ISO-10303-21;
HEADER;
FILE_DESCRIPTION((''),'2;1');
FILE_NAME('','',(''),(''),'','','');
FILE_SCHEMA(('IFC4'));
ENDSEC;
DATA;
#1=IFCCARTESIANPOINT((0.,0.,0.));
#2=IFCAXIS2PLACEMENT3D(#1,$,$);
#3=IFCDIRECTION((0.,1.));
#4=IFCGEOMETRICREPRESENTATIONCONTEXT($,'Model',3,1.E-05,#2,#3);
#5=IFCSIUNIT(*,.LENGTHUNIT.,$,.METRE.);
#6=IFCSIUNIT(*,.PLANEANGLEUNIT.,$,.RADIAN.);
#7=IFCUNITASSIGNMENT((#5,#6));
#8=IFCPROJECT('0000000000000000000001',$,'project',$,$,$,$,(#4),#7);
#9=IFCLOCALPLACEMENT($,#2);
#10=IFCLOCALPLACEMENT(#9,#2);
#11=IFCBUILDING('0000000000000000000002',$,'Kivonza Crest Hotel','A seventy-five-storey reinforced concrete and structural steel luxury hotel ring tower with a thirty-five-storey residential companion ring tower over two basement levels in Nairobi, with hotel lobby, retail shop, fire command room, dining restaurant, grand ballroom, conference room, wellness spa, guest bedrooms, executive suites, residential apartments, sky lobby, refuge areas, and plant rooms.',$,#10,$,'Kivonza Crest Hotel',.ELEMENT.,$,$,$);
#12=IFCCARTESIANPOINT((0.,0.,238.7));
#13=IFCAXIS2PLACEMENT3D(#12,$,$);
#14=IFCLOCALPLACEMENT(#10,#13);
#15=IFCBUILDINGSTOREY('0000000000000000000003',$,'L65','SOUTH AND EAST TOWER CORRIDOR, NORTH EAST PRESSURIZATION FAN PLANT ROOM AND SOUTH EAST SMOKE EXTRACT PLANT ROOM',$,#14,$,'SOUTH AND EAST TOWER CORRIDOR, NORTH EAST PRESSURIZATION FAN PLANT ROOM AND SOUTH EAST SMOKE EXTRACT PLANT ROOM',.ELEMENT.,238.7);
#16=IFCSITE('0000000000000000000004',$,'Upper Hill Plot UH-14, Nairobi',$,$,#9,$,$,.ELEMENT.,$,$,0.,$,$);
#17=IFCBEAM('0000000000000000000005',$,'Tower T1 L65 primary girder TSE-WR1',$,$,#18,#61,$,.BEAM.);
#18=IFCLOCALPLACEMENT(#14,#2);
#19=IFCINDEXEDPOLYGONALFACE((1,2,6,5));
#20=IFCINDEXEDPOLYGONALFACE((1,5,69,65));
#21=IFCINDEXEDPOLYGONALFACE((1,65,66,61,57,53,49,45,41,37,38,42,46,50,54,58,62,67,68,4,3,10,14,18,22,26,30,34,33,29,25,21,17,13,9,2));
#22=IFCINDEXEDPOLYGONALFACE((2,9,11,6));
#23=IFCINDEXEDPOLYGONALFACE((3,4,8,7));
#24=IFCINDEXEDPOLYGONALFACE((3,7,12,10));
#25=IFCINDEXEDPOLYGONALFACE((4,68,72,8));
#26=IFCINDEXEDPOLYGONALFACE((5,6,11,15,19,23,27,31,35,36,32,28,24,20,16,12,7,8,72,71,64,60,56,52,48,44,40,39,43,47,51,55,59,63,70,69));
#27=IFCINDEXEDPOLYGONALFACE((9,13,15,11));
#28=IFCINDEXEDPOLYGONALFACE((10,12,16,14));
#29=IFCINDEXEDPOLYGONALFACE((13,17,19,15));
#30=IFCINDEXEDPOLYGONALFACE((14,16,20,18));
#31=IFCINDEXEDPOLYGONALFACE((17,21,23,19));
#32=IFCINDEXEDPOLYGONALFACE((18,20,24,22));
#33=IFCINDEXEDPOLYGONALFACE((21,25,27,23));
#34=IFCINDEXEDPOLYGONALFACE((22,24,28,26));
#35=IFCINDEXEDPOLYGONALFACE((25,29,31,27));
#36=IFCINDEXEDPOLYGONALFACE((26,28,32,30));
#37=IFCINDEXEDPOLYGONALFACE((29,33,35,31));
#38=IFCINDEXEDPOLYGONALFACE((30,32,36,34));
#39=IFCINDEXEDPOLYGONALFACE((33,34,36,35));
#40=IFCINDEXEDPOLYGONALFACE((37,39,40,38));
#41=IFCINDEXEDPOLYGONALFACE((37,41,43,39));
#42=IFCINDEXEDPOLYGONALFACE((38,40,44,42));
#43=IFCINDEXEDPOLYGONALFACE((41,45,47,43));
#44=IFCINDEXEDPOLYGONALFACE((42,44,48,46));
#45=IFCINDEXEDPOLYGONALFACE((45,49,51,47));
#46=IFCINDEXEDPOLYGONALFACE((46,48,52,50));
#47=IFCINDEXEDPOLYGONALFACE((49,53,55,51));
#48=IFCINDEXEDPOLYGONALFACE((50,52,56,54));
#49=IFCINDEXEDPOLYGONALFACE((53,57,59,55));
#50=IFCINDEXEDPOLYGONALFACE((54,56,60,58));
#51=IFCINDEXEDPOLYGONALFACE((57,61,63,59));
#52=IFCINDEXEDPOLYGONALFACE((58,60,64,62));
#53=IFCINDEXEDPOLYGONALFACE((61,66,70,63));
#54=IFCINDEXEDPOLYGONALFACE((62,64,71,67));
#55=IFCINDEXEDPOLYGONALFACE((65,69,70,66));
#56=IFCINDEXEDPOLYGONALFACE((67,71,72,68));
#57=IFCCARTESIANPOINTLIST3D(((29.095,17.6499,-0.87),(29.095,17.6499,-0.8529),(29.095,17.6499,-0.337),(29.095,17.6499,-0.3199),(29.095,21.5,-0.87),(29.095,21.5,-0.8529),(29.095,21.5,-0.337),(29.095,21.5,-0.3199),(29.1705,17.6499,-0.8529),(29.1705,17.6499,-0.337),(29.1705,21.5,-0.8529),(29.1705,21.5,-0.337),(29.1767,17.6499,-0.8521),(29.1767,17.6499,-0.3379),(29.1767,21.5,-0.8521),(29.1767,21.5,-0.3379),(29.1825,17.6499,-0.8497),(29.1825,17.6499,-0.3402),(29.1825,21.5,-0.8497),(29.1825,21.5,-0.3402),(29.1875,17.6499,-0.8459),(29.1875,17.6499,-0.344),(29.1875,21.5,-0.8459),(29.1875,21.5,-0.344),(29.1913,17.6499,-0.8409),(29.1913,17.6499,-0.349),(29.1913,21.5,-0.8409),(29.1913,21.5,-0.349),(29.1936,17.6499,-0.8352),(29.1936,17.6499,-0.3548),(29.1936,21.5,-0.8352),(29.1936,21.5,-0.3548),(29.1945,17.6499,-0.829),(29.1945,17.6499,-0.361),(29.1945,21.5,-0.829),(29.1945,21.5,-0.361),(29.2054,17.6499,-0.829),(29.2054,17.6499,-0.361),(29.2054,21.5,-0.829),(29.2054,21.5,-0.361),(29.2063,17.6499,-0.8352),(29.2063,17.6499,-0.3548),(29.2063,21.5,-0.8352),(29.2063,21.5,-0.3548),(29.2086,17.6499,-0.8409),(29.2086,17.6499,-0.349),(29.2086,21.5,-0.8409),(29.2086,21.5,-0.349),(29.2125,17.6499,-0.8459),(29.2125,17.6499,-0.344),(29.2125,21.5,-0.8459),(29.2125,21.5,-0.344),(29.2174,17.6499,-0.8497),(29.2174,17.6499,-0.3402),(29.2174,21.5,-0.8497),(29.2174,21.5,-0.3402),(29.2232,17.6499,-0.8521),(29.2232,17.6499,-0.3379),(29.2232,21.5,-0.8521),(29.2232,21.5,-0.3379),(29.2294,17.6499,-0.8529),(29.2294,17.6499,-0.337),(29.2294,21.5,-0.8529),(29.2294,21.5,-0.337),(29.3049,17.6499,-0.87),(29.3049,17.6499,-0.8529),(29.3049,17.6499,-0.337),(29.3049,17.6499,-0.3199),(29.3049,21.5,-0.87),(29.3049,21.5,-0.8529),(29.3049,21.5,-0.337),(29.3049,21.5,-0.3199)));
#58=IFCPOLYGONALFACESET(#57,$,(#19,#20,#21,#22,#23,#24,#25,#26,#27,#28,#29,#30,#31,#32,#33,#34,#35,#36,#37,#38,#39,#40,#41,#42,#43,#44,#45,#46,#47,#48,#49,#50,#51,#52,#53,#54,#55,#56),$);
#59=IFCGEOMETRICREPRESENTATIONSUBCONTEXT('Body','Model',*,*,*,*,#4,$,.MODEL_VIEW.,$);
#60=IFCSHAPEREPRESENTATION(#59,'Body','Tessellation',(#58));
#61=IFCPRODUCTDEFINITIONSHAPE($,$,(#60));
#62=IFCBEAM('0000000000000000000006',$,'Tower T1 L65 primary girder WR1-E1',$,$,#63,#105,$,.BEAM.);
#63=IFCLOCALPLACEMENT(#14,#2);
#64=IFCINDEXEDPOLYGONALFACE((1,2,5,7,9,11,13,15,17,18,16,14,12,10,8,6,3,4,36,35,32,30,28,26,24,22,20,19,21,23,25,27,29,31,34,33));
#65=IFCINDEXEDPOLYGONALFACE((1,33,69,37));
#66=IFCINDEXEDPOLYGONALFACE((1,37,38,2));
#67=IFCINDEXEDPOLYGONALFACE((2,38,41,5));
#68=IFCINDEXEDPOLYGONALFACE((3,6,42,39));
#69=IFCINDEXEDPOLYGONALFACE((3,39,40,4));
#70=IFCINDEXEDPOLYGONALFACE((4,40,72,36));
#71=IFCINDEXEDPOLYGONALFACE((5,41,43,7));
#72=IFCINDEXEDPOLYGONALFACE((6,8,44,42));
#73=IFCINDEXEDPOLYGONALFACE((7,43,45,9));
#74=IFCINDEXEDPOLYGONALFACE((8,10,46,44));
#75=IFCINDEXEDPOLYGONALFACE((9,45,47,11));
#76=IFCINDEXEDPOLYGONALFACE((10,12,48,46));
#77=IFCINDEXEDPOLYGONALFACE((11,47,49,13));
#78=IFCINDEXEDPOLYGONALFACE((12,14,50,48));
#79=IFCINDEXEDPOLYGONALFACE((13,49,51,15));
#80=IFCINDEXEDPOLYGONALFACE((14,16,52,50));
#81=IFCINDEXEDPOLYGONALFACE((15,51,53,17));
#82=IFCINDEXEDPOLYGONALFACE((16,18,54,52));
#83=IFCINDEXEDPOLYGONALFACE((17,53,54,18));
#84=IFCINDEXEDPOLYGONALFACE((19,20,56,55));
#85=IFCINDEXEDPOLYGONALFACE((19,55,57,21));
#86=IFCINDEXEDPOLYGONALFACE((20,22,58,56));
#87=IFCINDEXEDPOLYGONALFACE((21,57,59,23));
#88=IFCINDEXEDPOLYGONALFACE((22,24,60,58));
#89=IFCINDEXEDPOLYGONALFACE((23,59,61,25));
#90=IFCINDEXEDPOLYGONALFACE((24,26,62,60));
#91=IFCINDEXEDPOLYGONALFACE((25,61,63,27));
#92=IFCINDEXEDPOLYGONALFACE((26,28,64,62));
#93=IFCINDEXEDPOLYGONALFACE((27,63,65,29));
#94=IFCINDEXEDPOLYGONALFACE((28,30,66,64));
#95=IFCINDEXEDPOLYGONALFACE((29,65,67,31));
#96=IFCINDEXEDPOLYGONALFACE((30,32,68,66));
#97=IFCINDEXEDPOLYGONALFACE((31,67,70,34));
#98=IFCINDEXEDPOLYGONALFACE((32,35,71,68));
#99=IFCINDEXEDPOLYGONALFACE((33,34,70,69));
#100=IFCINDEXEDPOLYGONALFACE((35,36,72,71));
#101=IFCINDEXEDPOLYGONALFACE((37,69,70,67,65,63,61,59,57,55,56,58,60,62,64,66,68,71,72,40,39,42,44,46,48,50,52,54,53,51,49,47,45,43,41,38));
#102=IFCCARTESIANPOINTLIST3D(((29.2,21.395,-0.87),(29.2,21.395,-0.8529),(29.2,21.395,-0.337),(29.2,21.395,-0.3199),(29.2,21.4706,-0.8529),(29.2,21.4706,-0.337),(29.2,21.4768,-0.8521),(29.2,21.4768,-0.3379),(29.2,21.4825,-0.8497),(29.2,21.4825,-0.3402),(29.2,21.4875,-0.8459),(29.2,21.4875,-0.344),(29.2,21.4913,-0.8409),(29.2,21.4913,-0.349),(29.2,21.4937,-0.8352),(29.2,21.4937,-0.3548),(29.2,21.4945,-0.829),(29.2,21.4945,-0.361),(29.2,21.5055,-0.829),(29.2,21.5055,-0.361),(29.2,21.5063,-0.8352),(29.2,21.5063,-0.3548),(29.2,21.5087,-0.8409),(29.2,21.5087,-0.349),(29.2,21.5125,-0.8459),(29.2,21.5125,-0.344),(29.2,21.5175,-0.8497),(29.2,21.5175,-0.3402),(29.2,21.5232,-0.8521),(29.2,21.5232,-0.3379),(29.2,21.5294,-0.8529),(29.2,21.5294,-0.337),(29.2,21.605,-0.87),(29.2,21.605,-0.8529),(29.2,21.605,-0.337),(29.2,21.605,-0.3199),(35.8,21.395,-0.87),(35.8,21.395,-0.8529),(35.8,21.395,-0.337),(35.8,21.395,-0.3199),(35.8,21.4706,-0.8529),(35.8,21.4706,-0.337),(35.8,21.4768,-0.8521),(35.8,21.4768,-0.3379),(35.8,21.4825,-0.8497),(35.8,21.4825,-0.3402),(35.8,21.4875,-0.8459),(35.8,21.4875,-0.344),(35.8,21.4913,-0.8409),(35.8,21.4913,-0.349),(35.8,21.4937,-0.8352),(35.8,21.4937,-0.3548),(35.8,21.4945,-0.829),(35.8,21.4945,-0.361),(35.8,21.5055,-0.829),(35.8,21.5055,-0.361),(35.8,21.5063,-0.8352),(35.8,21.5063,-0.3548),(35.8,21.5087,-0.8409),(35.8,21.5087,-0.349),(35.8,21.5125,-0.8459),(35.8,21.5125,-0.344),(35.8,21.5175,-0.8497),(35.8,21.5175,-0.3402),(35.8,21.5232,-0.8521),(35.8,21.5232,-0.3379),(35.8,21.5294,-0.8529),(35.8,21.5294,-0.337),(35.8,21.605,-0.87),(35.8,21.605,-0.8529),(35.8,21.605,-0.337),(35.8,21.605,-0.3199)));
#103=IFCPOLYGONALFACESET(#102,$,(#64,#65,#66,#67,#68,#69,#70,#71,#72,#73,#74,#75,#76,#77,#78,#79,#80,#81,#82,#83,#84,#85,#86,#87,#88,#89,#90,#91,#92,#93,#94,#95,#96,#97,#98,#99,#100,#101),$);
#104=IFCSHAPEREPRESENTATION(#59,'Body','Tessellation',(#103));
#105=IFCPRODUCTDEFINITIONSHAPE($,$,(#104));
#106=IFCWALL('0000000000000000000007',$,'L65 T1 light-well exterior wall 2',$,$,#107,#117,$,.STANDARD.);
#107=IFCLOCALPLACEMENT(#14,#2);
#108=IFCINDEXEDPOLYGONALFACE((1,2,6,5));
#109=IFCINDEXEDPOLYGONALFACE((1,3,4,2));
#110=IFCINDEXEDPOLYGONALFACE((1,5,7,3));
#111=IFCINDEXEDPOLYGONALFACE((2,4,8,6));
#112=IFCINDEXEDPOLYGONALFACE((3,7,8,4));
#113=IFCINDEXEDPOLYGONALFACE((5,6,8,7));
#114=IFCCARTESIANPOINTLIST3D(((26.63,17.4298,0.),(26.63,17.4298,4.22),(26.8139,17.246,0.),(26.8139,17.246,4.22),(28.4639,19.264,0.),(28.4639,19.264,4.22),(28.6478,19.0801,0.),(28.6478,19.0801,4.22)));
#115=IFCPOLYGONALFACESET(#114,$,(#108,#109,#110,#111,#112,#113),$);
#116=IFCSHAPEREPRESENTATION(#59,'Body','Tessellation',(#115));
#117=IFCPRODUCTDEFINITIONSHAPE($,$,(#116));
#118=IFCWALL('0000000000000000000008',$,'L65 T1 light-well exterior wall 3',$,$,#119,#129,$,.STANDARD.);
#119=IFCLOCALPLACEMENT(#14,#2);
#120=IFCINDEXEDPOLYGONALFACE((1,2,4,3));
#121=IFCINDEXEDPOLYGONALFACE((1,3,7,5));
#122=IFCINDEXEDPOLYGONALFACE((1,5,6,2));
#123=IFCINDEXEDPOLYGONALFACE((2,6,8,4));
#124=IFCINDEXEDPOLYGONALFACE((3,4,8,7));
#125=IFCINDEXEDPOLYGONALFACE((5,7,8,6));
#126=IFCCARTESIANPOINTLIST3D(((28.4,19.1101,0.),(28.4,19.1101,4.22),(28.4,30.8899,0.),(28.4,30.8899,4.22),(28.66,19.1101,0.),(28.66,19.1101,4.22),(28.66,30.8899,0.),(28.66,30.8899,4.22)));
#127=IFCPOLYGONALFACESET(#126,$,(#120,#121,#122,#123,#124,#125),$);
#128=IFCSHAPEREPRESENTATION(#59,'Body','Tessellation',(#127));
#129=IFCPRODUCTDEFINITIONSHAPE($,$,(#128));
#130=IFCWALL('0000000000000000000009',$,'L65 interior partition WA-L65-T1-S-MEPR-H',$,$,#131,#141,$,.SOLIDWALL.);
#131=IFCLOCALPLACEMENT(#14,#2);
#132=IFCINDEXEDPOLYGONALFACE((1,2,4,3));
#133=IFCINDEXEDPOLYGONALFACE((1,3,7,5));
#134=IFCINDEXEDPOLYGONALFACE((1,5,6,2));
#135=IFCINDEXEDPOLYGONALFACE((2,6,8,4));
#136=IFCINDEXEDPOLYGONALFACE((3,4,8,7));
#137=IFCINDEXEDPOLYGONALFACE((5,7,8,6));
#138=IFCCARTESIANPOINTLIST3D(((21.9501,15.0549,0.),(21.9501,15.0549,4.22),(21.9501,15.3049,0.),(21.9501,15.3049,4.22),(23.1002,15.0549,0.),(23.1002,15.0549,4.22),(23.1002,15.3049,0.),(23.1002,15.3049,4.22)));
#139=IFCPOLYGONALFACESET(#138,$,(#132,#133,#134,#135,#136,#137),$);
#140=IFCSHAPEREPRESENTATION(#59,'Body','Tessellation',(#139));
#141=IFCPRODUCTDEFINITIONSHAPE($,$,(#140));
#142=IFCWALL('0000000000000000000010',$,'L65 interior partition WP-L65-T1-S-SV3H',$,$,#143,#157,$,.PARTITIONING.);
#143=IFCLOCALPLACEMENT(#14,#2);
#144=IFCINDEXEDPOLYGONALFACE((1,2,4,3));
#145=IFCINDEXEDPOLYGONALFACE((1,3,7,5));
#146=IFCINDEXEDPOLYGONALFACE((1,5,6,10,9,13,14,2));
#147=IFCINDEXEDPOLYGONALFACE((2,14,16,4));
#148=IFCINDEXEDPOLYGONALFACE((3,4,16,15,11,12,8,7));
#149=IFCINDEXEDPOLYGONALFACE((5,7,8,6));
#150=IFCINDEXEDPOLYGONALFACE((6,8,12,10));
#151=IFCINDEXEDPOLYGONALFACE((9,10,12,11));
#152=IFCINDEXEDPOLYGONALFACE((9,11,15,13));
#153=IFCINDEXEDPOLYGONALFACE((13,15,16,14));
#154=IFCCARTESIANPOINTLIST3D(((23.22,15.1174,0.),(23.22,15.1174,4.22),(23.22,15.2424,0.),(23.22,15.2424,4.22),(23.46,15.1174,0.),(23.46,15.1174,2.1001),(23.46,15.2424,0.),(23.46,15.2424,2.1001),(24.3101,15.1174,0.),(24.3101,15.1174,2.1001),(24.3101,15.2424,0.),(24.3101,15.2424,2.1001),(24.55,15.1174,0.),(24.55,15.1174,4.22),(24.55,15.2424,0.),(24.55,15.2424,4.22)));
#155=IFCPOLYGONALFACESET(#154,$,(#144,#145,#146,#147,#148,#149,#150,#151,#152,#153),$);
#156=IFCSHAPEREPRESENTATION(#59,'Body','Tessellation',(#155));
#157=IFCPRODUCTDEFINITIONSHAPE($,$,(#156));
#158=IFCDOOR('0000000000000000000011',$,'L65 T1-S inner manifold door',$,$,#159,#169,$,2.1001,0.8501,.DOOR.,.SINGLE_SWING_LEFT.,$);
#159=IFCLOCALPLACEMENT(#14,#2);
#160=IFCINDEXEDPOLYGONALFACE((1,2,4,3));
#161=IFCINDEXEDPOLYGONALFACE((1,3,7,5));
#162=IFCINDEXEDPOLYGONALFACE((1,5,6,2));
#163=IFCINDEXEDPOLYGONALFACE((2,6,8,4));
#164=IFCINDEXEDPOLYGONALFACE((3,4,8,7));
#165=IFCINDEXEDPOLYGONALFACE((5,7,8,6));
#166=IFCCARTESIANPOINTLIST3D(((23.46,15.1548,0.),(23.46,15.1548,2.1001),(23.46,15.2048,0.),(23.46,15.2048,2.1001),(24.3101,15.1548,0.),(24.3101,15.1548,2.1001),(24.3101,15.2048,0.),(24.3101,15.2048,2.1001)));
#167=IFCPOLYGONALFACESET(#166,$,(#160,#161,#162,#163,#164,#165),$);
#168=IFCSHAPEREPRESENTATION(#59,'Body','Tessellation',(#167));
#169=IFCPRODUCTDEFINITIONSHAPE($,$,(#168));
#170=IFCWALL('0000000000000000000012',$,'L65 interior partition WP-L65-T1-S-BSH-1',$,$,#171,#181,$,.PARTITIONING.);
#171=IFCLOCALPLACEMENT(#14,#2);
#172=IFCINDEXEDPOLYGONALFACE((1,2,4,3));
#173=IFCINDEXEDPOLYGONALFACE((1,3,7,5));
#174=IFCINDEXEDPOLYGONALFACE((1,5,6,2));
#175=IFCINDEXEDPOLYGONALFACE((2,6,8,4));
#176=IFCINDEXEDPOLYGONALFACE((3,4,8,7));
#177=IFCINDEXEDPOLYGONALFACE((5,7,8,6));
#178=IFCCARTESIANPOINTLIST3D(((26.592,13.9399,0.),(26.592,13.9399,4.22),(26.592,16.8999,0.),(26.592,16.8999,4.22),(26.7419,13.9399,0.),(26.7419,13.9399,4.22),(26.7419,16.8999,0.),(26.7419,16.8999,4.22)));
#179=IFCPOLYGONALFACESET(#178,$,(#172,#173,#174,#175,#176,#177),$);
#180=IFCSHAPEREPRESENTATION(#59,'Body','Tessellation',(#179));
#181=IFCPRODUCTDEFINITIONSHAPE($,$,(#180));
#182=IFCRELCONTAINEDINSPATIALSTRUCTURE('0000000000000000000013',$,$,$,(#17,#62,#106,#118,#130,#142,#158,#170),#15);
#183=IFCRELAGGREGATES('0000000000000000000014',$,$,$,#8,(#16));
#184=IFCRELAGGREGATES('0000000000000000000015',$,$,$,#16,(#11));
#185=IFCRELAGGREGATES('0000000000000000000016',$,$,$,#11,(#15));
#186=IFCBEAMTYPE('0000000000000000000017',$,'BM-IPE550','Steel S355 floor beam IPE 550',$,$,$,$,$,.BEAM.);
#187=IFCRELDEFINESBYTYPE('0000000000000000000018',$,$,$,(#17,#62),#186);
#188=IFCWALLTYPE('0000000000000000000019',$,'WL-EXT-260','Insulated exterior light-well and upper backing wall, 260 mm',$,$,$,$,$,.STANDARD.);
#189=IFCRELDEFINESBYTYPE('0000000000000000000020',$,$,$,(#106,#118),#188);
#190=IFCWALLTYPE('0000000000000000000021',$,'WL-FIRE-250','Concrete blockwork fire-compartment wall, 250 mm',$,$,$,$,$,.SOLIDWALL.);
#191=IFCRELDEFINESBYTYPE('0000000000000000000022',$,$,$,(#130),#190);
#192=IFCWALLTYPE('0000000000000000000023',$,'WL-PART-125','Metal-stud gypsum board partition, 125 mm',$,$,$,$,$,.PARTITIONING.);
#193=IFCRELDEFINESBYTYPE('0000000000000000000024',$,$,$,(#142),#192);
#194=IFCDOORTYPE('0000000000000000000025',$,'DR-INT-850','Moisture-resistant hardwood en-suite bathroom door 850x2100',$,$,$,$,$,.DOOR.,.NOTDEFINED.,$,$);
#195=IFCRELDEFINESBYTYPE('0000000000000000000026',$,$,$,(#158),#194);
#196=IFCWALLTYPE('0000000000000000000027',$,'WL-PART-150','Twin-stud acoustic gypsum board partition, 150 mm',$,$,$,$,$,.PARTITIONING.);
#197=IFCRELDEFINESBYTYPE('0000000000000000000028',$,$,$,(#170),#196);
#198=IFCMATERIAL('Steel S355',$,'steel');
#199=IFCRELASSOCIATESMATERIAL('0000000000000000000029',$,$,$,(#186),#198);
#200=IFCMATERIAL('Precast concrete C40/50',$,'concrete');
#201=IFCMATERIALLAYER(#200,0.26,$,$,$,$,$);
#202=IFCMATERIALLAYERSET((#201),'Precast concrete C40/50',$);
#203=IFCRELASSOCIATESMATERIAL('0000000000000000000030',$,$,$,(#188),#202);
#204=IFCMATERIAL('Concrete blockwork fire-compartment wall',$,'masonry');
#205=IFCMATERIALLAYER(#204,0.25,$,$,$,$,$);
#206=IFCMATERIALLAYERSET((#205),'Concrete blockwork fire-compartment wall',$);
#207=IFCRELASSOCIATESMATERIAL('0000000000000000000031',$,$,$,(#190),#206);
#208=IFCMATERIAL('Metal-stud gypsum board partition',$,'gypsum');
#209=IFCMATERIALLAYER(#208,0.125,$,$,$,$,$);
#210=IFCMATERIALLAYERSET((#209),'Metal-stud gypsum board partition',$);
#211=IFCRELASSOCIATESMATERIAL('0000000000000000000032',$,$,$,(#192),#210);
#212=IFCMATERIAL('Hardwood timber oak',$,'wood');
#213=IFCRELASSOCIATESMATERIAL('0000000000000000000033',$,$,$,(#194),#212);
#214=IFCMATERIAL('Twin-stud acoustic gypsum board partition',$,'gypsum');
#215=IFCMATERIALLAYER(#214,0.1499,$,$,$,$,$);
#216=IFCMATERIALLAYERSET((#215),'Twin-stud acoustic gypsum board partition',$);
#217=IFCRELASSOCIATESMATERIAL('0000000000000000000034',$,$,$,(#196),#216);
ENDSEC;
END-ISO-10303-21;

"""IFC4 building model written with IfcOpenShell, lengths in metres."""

from ifc_helpers import new_model, si_unit, direction, frame, frame_2d, origin, origin_2d, place, context, subcontext, project, spatial, rectangle, i_section, extrude, material, layer, layer_set, material_profile, profile_set, type_object, element, fill, save


model = new_model("IFC4")

# Units and contexts
model_context = context("Model", 3, precision=1e-05, world=origin(), true_north=direction((0.0, 1.0)))
body_context = subcontext(model_context, "Body", "Model", "MODEL_VIEW")
ifc_project = project(units=[si_unit("LENGTHUNIT", "METRE"), si_unit("PLANEANGLEUNIT", "RADIAN")], contexts=[model_context])

# Site, building, storey
site_placement = place(None, origin())
site = spatial("IfcSite", under=ifc_project, at=site_placement, Name="Upper Hill Plot UH-14, Nairobi", CompositionType="ELEMENT", RefElevation=0.0)
building_placement = place(site_placement, origin())
building = spatial("IfcBuilding", under=site, at=building_placement, Name="Kivonza Crest Hotel", Description="A seventy-five-storey reinforced concrete and structural steel luxury hotel ring tower with a thirty-five-storey residential companion ring tower over two basement levels in Nairobi, with hotel lobby, retail shop, fire command room, dining restaurant, grand ballroom, conference room, wellness spa, guest bedrooms, executive suites, residential apartments, sky lobby, refuge areas, and plant rooms.", LongName="Kivonza Crest Hotel", CompositionType="ELEMENT")
storey_placement = place(building_placement, frame((0.0, 0.0, 238.7)))
storey = spatial("IfcBuildingStorey", under=building, at=storey_placement, Name="L65", Description="SOUTH AND EAST TOWER CORRIDOR, NORTH EAST PRESSURIZATION FAN PLANT ROOM AND SOUTH EAST SMOKE EXTRACT PLANT ROOM", LongName="SOUTH AND EAST TOWER CORRIDOR, NORTH EAST PRESSURIZATION FAN PLANT ROOM AND SOUTH EAST SMOKE EXTRACT PLANT ROOM", CompositionType="ELEMENT", Elevation=238.7)

# Shared definitions
ifc_material_1 = material(Name="Steel S355", Category="steel")

# Beams
ifc_material_profile_1 = material_profile(ifc_material_1, i_section(OverallWidth=0.21, OverallDepth=0.55, WebThickness=0.011, FlangeThickness=0.0171, FilletRadius=0.0239, at=origin_2d()), Name="IPE 550")
ifc_profile_set_1 = profile_set([ifc_material_profile_1], Name="Steel S355")
beam_type = type_object("IfcBeamType", Name="BM-IPE550", Description="Steel S355 floor beam IPE 550", PredefinedType="BEAM", material=ifc_profile_set_1)
beam_1_placement = place(storey_placement, frame((29.2, 17.6499, -0.595), z_axis=(0.0, 1.0, 0.0), x_axis=(-1.0, 0.0, 0.0)))
element("IfcBeam", 1, at=beam_1_placement, inside=storey, type_object=beam_type, Name="Tower T1 L65 primary girder TSE-WR1", PredefinedType="BEAM", context=body_context, shape_type="SweptSolid", body=[
    extrude(i_section(OverallWidth=0.21, OverallDepth=0.55, WebThickness=0.011, FlangeThickness=0.0171, FilletRadius=0.0239, at=origin_2d()), origin(), (0.0, 0.0, 1.0), 3.8501),
])
beam_2_placement = place(storey_placement, frame((29.2, 21.5, -0.595), z_axis=(1.0, 0.0, 0.0), x_axis=(0.0, 1.0, 0.0)))
element("IfcBeam", 2, at=beam_2_placement, inside=storey, type_object=beam_type, Name="Tower T1 L65 primary girder WR1-E1", PredefinedType="BEAM", context=body_context, shape_type="SweptSolid", body=[
    extrude(i_section(OverallWidth=0.21, OverallDepth=0.55, WebThickness=0.011, FlangeThickness=0.0171, FilletRadius=0.0239, at=origin_2d()), origin(), (0.0, 0.0, 1.0), 6.6001),
])

# Walls
ifc_material_2 = material(Name="Precast concrete C40/50", Category="concrete")
ifc_layer_1 = layer(ifc_material_2, 0.26)
ifc_layer_set_1 = layer_set([ifc_layer_1], Name="Precast concrete C40/50")
wall_type_1 = type_object("IfcWallType", Name="WL-EXT-260", Description="Insulated exterior light-well and upper backing wall, 260 mm", PredefinedType="STANDARD", material=ifc_layer_set_1)
wall_1_placement = place(storey_placement, frame((26.7219, 17.3379, 0.0), z_axis=(0.0, 0.0, 1.0), x_axis=(0.70706, 0.707154, 0.0)))
element("IfcWall", 3, at=wall_1_placement, inside=storey, type_object=wall_type_1, Name="L65 T1 light-well exterior wall 2", PredefinedType="STANDARD", context=body_context, shape_type="SweptSolid", body=[
    extrude(rectangle(XDim=2.5938, YDim=0.26, at=frame_2d((1.2969, 0.0))), origin(), (0.0, 0.0, 1.0), 4.22),
])
wall_2_placement = place(storey_placement, frame((28.53, 19.1101, 0.0), z_axis=(0.0, 0.0, 1.0), x_axis=(0.0, 1.0, 0.0)))
element("IfcWall", 4, at=wall_2_placement, inside=storey, type_object=wall_type_1, Name="L65 T1 light-well exterior wall 3", PredefinedType="STANDARD", context=body_context, shape_type="SweptSolid", body=[
    extrude(rectangle(XDim=11.7798, YDim=0.26, at=frame_2d((5.8899, 0.0))), origin(), (0.0, 0.0, 1.0), 4.22),
])
ifc_material_3 = material(Name="Concrete blockwork fire-compartment wall", Category="masonry")
ifc_layer_2 = layer(ifc_material_3, 0.25)
ifc_layer_set_2 = layer_set([ifc_layer_2], Name="Concrete blockwork fire-compartment wall")
wall_type_2 = type_object("IfcWallType", Name="WL-FIRE-250", Description="Concrete blockwork fire-compartment wall, 250 mm", PredefinedType="SOLIDWALL", material=ifc_layer_set_2)
wall_3_placement = place(storey_placement, frame((21.95, 15.1799, 0.0), z_axis=(0.0, 0.0, 1.0), x_axis=(1.0, 0.0, 0.0)))
element("IfcWall", 5, at=wall_3_placement, inside=storey, type_object=wall_type_2, Name="L65 interior partition WA-L65-T1-S-MEPR-H", PredefinedType="SOLIDWALL", context=body_context, shape_type="SweptSolid", body=[
    extrude(rectangle(XDim=1.1501, YDim=0.25, at=frame_2d((0.5752, 0.0))), origin(), (0.0, 0.0, 1.0), 4.22),
])

# Wall, opening, door
ifc_material_4 = material(Name="Metal-stud gypsum board partition", Category="gypsum")
ifc_layer_3 = layer(ifc_material_4, 0.125)
ifc_layer_set_3 = layer_set([ifc_layer_3], Name="Metal-stud gypsum board partition")
wall_type_3 = type_object("IfcWallType", Name="WL-PART-125", Description="Metal-stud gypsum board partition, 125 mm", PredefinedType="PARTITIONING", material=ifc_layer_set_3)
wall_4_placement = place(storey_placement, frame((23.22, 15.1799, 0.0), z_axis=(0.0, 0.0, 1.0), x_axis=(1.0, 0.0, 0.0)))
wall_4 = element("IfcWall", 6, at=wall_4_placement, inside=storey, type_object=wall_type_3, Name="L65 interior partition WP-L65-T1-S-SV3H", PredefinedType="PARTITIONING", context=body_context, shape_type="SweptSolid", body=[
    extrude(rectangle(XDim=1.3301, YDim=0.125, at=frame_2d((0.665, 0.0))), origin(), (0.0, 0.0, 1.0), 4.22),
])
opening_1_placement = place(wall_4_placement, frame((0.24, 0.0, 0.0)))
opening_1 = element("IfcOpeningElement", 7, at=opening_1_placement, cuts=wall_4, PredefinedType="OPENING", context=body_context, shape_type="SweptSolid", body=[
    extrude(rectangle(XDim=0.8501, YDim=2.1001, at=frame_2d((0.425, 1.05))), frame((0.0, 0.0725, 0.0), z_axis=(0.0, -1.0, 0.0), x_axis=(1.0, 0.0, 0.0)), (0.0, 0.0, 1.0), 0.145),
])
ifc_material_5 = material(Name="Hardwood timber oak", Category="wood")
door_type_1 = type_object("IfcDoorType", Name="DR-INT-850", Description="Moisture-resistant hardwood en-suite bathroom door 850x2100", OperationType="NOTDEFINED", PredefinedType="DOOR", material=ifc_material_5)
door_1_placement = place(opening_1_placement, origin())
door_1 = element("IfcDoor", 8, at=door_1_placement, inside=storey, type_object=door_type_1, Name="L65 T1-S inner manifold door", OperationType="SINGLE_SWING_LEFT", OverallHeight=2.1001, OverallWidth=0.8501, PredefinedType="DOOR", context=body_context, shape_type="SweptSolid", body=[
    extrude(rectangle(XDim=0.8501, YDim=2.1001, at=frame_2d((0.425, 1.05))), frame((0.0, 0.0249, 0.0), z_axis=(0.0, -1.0, 0.0), x_axis=(1.0, 0.0, 0.0)), (0.0, 0.0, 1.0), 0.05),
])
fill(opening_1, door_1)

# Wall
ifc_material_6 = material(Name="Twin-stud acoustic gypsum board partition", Category="gypsum")
ifc_layer_4 = layer(ifc_material_6, 0.1499)
ifc_layer_set_4 = layer_set([ifc_layer_4], Name="Twin-stud acoustic gypsum board partition")
wall_type_4 = type_object("IfcWallType", Name="WL-PART-150", Description="Twin-stud acoustic gypsum board partition, 150 mm", PredefinedType="PARTITIONING", material=ifc_layer_set_4)
wall_5_placement = place(storey_placement, frame((26.667, 13.9399, 0.0), z_axis=(0.0, 0.0, 1.0), x_axis=(0.0, 1.0, 0.0)))
element("IfcWall", 9, at=wall_5_placement, inside=storey, type_object=wall_type_4, Name="L65 interior partition WP-L65-T1-S-BSH-1", PredefinedType="PARTITIONING", context=body_context, shape_type="SweptSolid", body=[
    extrude(rectangle(XDim=2.96, YDim=0.1499, at=frame_2d((1.48, 0.0))), origin(), (0.0, 0.0, 1.0), 4.22),
])

save(model, "model.ifc")
